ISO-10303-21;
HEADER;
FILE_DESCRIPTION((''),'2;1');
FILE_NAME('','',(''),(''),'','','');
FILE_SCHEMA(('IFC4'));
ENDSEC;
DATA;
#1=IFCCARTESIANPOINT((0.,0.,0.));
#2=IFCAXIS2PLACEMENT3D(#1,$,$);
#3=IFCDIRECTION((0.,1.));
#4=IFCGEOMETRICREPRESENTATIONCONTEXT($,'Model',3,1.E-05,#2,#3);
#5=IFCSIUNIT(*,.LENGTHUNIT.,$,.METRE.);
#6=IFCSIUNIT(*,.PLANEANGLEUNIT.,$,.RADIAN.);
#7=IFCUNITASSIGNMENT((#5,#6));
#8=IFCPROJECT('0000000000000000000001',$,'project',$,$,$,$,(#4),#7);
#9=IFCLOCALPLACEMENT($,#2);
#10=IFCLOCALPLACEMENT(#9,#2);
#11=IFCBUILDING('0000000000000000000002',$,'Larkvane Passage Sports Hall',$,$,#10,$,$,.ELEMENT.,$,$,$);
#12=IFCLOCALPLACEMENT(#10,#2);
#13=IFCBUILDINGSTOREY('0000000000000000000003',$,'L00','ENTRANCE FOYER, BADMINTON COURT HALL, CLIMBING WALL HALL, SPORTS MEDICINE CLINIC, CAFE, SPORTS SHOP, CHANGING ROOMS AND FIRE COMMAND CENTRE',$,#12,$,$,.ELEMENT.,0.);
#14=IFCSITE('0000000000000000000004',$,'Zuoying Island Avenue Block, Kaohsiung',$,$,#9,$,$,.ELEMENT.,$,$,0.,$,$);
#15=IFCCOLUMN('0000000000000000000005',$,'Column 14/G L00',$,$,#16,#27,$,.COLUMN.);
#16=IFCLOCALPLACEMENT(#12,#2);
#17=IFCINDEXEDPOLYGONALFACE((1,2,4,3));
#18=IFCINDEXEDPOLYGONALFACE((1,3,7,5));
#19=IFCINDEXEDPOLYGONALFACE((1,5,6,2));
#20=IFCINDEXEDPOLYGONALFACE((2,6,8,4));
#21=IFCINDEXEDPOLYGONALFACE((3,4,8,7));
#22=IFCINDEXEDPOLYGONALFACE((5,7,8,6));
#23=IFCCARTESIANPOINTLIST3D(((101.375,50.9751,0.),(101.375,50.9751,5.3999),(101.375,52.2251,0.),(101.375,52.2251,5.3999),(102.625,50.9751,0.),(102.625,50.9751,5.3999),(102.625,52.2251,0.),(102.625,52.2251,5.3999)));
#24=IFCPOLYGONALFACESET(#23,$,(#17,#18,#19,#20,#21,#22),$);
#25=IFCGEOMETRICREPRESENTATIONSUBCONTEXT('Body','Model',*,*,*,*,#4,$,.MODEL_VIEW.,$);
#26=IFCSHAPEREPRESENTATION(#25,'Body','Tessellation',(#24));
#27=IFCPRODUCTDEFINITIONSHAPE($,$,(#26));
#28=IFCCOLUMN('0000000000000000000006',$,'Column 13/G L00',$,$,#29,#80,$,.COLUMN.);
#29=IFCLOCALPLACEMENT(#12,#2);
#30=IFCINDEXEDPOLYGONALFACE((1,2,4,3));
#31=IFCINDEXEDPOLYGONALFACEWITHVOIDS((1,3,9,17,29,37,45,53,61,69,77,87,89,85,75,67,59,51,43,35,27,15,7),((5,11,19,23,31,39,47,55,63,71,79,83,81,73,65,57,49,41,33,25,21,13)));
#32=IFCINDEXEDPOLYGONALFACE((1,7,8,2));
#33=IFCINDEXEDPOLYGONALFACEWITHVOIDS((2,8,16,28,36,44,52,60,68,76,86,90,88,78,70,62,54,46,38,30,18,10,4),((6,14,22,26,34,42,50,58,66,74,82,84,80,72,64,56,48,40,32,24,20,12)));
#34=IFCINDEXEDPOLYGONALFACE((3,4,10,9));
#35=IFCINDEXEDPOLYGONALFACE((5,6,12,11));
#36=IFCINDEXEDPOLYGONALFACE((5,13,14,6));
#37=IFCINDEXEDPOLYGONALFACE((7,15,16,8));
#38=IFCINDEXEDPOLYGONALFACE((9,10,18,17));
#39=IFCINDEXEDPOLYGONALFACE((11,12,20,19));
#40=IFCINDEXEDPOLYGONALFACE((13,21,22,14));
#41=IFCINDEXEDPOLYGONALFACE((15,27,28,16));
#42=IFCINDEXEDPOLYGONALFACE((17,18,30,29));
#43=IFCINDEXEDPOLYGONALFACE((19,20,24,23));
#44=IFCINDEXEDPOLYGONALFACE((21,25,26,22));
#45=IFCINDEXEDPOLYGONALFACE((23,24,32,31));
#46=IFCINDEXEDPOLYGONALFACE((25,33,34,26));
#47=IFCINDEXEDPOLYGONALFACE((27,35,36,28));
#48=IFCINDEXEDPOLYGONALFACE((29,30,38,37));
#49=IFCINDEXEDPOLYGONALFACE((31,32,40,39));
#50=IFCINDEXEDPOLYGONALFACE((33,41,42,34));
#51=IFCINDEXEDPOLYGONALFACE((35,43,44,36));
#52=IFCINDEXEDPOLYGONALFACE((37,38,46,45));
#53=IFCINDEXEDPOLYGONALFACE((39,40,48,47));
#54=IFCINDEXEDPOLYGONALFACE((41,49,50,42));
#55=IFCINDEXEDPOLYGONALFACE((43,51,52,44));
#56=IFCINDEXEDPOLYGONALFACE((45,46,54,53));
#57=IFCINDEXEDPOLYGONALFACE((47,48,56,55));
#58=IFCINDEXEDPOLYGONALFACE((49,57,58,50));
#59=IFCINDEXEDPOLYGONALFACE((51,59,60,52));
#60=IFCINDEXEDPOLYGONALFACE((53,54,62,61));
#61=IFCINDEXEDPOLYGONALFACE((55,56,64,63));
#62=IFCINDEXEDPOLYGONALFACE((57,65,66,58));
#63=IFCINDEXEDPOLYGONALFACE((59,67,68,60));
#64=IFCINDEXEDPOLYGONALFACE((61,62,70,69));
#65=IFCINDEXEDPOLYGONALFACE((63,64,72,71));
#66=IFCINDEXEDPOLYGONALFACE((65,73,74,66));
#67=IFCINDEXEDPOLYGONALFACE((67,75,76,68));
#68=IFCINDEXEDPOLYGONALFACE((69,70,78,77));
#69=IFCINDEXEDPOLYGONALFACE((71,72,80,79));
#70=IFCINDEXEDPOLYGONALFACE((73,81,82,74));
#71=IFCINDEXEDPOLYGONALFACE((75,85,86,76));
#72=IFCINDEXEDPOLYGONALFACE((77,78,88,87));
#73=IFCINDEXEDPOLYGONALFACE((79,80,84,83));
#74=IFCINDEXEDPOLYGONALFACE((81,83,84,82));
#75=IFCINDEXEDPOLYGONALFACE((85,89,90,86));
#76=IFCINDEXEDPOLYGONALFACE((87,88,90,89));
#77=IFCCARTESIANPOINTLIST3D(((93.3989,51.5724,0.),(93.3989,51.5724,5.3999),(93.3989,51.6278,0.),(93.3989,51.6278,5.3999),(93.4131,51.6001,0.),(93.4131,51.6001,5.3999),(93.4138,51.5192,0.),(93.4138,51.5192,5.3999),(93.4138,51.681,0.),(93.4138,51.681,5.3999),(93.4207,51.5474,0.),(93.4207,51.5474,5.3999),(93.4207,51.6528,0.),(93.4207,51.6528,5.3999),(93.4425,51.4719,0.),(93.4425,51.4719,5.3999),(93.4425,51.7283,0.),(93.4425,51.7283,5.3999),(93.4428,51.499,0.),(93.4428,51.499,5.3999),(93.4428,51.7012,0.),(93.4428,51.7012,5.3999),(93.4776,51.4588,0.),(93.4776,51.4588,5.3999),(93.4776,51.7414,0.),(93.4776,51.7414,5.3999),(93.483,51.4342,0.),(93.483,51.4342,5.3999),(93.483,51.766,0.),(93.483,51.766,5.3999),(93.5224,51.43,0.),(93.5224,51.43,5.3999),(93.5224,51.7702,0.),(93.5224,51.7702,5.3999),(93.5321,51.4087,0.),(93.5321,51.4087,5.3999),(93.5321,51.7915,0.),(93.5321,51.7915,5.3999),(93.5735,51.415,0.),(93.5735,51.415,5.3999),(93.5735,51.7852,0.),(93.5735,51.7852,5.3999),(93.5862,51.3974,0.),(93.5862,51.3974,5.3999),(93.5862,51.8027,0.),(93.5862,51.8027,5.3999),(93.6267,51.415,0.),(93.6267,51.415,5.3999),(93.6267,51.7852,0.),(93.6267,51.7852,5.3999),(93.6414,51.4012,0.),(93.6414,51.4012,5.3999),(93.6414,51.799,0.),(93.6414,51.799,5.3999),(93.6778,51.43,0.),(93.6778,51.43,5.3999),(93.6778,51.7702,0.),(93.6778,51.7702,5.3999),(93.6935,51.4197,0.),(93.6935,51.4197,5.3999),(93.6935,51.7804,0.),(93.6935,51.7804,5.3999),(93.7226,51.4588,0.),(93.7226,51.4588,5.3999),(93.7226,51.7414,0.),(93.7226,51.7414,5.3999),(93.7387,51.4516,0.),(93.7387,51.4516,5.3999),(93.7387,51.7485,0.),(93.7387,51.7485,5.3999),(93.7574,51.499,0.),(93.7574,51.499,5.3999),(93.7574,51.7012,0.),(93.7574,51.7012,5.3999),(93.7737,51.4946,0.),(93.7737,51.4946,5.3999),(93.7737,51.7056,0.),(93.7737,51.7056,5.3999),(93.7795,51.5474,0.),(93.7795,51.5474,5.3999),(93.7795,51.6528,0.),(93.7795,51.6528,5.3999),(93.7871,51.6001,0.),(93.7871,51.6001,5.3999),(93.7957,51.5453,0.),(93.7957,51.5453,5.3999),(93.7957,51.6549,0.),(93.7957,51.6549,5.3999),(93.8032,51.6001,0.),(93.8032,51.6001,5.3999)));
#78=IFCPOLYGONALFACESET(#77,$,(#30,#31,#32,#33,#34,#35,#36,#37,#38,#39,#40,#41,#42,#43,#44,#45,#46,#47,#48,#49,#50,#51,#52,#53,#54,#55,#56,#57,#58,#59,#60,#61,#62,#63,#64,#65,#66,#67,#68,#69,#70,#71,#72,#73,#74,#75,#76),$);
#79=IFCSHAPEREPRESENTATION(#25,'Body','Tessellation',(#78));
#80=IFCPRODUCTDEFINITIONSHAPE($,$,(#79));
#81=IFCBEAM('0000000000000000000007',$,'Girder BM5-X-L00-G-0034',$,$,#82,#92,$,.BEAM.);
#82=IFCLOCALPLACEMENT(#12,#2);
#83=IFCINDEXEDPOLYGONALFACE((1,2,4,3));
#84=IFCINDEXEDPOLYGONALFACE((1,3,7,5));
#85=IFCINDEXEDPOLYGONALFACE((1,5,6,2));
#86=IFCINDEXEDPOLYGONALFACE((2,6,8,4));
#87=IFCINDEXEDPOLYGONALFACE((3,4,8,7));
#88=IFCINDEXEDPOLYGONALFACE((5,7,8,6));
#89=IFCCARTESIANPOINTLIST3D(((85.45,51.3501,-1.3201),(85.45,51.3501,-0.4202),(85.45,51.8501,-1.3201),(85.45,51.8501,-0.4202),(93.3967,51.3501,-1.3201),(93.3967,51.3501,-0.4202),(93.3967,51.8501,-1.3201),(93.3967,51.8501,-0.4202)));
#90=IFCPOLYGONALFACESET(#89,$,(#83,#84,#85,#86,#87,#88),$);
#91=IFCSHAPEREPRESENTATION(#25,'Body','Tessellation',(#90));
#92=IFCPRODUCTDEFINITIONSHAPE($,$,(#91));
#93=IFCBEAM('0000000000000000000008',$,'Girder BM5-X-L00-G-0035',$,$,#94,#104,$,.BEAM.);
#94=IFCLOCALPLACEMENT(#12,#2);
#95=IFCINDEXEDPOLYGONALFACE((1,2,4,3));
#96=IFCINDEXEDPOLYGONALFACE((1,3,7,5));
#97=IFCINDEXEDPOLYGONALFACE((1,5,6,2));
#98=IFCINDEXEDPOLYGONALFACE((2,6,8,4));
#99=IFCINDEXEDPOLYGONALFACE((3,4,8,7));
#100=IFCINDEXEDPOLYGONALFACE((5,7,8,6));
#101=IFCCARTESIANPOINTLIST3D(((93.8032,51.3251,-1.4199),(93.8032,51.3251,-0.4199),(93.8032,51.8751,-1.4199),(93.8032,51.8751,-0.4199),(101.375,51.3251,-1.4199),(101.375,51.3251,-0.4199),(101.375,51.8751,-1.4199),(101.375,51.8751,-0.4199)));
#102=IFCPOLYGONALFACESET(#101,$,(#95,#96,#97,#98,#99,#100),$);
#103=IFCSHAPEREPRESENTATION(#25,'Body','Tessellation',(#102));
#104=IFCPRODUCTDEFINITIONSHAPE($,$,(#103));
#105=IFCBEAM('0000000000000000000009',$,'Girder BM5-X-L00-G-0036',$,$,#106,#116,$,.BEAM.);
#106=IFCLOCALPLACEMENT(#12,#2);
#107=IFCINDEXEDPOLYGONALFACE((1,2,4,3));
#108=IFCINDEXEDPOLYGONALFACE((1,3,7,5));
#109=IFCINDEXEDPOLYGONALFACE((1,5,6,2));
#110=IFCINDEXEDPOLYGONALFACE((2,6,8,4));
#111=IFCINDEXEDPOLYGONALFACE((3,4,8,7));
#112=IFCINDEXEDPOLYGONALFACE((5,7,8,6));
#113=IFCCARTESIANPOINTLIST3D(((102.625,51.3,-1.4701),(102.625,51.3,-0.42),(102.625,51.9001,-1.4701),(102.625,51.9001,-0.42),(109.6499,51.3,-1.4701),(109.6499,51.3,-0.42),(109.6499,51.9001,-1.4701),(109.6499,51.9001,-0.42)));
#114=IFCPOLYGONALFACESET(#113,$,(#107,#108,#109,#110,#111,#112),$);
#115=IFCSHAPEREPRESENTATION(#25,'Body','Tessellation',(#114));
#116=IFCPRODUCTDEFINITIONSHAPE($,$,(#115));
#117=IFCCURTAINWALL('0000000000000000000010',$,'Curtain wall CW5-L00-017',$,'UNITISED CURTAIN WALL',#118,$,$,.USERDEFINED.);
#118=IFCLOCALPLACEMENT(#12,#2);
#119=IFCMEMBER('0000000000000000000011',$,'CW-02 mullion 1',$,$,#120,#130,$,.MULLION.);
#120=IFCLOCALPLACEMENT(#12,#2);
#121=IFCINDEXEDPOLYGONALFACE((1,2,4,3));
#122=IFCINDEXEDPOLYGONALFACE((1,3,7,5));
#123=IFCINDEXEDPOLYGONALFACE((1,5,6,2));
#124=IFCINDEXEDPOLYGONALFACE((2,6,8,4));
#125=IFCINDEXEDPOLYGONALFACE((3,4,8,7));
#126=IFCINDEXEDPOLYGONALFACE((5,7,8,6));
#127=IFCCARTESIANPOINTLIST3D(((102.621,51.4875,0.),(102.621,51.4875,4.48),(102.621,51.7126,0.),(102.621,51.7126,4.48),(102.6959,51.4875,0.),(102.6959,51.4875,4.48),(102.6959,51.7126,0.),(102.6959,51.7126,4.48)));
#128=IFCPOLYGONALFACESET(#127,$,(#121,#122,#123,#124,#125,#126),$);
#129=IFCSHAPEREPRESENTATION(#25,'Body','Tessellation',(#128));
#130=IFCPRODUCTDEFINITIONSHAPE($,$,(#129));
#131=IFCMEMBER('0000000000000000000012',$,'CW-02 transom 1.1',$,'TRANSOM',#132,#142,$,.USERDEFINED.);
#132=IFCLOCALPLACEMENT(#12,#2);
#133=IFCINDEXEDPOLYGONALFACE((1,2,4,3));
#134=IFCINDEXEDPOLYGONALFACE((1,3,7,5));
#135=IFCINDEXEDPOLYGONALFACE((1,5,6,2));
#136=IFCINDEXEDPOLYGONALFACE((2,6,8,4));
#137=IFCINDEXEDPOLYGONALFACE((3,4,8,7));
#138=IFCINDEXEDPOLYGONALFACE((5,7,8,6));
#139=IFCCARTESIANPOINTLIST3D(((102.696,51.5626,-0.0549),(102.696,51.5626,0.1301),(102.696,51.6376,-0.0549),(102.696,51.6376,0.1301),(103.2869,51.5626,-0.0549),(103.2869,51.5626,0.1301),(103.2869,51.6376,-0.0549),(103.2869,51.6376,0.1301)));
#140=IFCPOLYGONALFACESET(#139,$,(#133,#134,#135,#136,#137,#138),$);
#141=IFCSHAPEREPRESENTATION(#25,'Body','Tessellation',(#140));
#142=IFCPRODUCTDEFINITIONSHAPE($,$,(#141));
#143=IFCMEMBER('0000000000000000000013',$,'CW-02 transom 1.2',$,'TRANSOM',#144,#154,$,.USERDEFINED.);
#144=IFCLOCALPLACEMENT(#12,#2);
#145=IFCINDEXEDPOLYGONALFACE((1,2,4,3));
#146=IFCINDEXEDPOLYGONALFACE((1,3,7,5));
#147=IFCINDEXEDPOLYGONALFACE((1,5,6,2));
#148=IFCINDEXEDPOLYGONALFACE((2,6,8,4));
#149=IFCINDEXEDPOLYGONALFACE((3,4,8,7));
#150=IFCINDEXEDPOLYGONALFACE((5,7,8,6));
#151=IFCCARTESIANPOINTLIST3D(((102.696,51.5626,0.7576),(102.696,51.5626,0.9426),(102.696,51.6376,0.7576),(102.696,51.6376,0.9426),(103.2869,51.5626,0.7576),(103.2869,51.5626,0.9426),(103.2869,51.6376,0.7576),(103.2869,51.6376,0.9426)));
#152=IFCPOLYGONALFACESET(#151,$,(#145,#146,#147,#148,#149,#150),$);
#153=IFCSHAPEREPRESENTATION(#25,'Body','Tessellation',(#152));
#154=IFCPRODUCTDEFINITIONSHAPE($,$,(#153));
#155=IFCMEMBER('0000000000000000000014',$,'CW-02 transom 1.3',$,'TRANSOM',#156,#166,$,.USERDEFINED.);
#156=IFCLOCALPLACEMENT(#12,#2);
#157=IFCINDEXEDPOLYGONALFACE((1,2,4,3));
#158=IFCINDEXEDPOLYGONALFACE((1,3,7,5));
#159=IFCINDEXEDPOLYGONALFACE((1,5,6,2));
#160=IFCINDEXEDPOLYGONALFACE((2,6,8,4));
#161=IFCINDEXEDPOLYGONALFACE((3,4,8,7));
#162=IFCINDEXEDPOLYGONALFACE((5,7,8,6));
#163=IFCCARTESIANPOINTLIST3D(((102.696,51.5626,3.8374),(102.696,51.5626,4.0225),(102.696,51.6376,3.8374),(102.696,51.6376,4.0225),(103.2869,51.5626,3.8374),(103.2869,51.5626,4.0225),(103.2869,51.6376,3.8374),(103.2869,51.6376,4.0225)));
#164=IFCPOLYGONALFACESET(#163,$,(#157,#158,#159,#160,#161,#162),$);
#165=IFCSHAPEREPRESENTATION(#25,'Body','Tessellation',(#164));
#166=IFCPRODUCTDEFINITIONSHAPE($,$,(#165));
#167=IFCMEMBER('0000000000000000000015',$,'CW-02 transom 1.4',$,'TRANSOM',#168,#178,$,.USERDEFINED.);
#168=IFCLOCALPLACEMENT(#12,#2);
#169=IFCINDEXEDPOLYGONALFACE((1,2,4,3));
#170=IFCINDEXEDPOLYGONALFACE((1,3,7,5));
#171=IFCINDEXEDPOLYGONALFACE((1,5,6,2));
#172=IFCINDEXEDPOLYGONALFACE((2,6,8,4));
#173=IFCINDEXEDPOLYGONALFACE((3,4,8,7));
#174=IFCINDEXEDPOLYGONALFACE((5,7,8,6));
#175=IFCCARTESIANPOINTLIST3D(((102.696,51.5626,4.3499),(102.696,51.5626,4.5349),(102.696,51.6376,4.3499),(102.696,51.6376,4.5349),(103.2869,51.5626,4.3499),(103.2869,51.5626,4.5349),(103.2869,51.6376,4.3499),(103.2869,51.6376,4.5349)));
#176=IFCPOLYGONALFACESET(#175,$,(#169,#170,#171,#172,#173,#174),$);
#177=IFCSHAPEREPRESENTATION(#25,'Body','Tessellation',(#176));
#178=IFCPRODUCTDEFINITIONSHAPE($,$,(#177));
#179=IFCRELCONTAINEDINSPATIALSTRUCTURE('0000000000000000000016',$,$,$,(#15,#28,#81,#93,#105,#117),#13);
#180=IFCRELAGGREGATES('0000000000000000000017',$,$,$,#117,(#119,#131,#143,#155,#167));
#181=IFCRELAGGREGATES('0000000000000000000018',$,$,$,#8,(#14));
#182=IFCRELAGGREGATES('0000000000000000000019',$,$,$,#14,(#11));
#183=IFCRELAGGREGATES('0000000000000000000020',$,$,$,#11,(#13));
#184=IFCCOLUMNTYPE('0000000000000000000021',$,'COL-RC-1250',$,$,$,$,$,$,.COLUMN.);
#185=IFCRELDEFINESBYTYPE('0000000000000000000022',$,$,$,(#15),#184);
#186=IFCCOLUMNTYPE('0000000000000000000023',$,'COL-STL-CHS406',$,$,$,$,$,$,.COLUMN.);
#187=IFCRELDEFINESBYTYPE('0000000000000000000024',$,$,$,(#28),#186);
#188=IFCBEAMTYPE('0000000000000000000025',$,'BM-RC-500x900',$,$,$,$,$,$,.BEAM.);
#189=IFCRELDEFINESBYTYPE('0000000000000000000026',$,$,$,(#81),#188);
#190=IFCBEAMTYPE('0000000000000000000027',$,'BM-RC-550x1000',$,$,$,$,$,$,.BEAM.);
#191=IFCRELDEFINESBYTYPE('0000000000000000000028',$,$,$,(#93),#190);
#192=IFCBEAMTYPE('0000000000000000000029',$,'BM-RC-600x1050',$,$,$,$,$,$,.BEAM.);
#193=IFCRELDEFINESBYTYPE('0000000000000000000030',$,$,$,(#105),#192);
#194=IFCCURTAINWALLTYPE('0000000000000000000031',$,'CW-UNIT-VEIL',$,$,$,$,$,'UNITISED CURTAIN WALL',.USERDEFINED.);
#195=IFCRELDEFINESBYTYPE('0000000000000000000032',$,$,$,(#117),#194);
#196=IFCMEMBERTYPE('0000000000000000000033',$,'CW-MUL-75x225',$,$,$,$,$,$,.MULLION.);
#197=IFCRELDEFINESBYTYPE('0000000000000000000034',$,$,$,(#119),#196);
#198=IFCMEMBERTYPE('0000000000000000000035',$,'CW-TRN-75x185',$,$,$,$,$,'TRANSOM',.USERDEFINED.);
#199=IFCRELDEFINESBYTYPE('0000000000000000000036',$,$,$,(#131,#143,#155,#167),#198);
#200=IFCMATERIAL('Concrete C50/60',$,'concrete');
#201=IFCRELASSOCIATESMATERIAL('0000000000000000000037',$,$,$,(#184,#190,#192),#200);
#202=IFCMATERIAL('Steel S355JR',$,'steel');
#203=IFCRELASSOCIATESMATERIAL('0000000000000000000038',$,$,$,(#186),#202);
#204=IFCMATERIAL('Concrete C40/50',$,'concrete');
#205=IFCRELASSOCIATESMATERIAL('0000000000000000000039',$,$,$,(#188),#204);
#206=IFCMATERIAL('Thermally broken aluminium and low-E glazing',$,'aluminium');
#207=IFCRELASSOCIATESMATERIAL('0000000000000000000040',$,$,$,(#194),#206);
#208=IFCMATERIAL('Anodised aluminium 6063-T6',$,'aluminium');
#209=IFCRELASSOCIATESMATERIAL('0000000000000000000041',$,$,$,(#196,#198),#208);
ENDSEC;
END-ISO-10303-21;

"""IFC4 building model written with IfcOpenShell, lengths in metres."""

from ifc_helpers import new_model, si_unit, direction, frame, origin, origin_2d, place, context, subcontext, project, spatial, rectangle, hollow_circle, extrude, material, material_profile, profile_set, type_object, element, aggregate, save


model = new_model("IFC4")

# Units and contexts
model_context = context("Model", 3, precision=1e-05, world=origin(), true_north=direction((0.0, 1.0)))
body_context = subcontext(model_context, "Body", "Model", "MODEL_VIEW")
ifc_project = project(units=[si_unit("LENGTHUNIT", "METRE"), si_unit("PLANEANGLEUNIT", "RADIAN")], contexts=[model_context])

# Site, building, storey
site_placement = place(None, origin())
site = spatial("IfcSite", under=ifc_project, at=site_placement, Name="Zuoying Island Avenue Block, Kaohsiung", CompositionType="ELEMENT", RefElevation=0.0)
building_placement = place(site_placement, origin())
building = spatial("IfcBuilding", under=site, at=building_placement, Name="Larkvane Passage Sports Hall", CompositionType="ELEMENT")
storey_placement = place(building_placement, origin())
storey = spatial("IfcBuildingStorey", under=building, at=storey_placement, Name="L00", Description="ENTRANCE FOYER, BADMINTON COURT HALL, CLIMBING WALL HALL, SPORTS MEDICINE CLINIC, CAFE, SPORTS SHOP, CHANGING ROOMS AND FIRE COMMAND CENTRE", CompositionType="ELEMENT", Elevation=0.0)

# Columns
ifc_material_1 = material(Name="Concrete C50/60", Category="concrete")
ifc_material_profile_1 = material_profile(ifc_material_1, rectangle(XDim=1.25, YDim=1.25, at=origin_2d()), Name="RC-COL-1250x1250")
ifc_profile_set_1 = profile_set([ifc_material_profile_1], Name="Concrete C50/60")
column_type_1 = type_object("IfcColumnType", Name="COL-RC-1250", PredefinedType="COLUMN", material=ifc_profile_set_1)
column_1_placement = place(storey_placement, frame((102.0, 51.6001, 0.0), z_axis=(0.0, 0.0, 1.0), x_axis=(1.0, 0.0, 0.0)))
element("IfcColumn", 1, at=column_1_placement, inside=storey, type_object=column_type_1, Name="Column 14/G L00", PredefinedType="COLUMN", context=body_context, shape_type="SweptSolid", body=[
    extrude(rectangle(XDim=1.25, YDim=1.25, at=origin_2d()), origin(), (0.0, 0.0, 1.0), 5.3999),
])
ifc_material_2 = material(Name="Steel S355JR", Category="steel")
ifc_material_profile_2 = material_profile(ifc_material_2, hollow_circle(Radius=0.2031, WallThickness=0.0161, at=origin_2d()), Name="CHS-406.4x16.0")
ifc_profile_set_2 = profile_set([ifc_material_profile_2], Name="Steel S355JR")
column_type_2 = type_object("IfcColumnType", Name="COL-STL-CHS406", PredefinedType="COLUMN", material=ifc_profile_set_2)
column_2_placement = place(storey_placement, frame((93.6001, 51.6001, 0.0), z_axis=(0.0, 0.0, 1.0), x_axis=(1.0, 0.0, 0.0)))
element("IfcColumn", 2, at=column_2_placement, inside=storey, type_object=column_type_2, Name="Column 13/G L00", PredefinedType="COLUMN", context=body_context, shape_type="SweptSolid", body=[
    extrude(hollow_circle(Radius=0.2031, WallThickness=0.0161, at=origin_2d()), origin(), (0.0, 0.0, 1.0), 5.3999),
])

# Beams
ifc_material_3 = material(Name="Concrete C40/50", Category="concrete")
ifc_material_profile_3 = material_profile(ifc_material_3, rectangle(XDim=0.5, YDim=0.8999, at=origin_2d()), Name="RC-BM-500x900")
ifc_profile_set_3 = profile_set([ifc_material_profile_3], Name="Concrete C40/50")
beam_type_1 = type_object("IfcBeamType", Name="BM-RC-500x900", PredefinedType="BEAM", material=ifc_profile_set_3)
beam_1_placement = place(storey_placement, frame((85.45, 51.6001, -0.8701), z_axis=(1.0, 0.0, 0.0), x_axis=(0.0, 1.0, 0.0)))
element("IfcBeam", 3, at=beam_1_placement, inside=storey, type_object=beam_type_1, Name="Girder BM5-X-L00-G-0034", PredefinedType="BEAM", context=body_context, shape_type="SweptSolid", body=[
    extrude(rectangle(XDim=0.5, YDim=0.8999, at=origin_2d()), origin(), (0.0, 0.0, 1.0), 7.9468),
])
ifc_material_profile_4 = material_profile(ifc_material_1, rectangle(XDim=0.55, YDim=1.0, at=origin_2d()), Name="RC-BM-550x1000")
ifc_profile_set_4 = profile_set([ifc_material_profile_4], Name="Concrete C50/60")
beam_type_2 = type_object("IfcBeamType", Name="BM-RC-550x1000", PredefinedType="BEAM", material=ifc_profile_set_4)
beam_2_placement = place(storey_placement, frame((93.8032, 51.6001, -0.9199), z_axis=(1.0, 0.0, 0.0), x_axis=(0.0, 1.0, 0.0)))
element("IfcBeam", 4, at=beam_2_placement, inside=storey, type_object=beam_type_2, Name="Girder BM5-X-L00-G-0035", PredefinedType="BEAM", context=body_context, shape_type="SweptSolid", body=[
    extrude(rectangle(XDim=0.55, YDim=1.0, at=origin_2d()), origin(), (0.0, 0.0, 1.0), 7.5718),
])
ifc_material_profile_5 = material_profile(ifc_material_1, rectangle(XDim=0.6001, YDim=1.05, at=origin_2d()), Name="RC-BM-600x1050")
ifc_profile_set_5 = profile_set([ifc_material_profile_5], Name="Concrete C50/60")
beam_type_3 = type_object("IfcBeamType", Name="BM-RC-600x1050", PredefinedType="BEAM", material=ifc_profile_set_5)
beam_3_placement = place(storey_placement, frame((102.625, 51.6001, -0.9451), z_axis=(1.0, 0.0, 0.0), x_axis=(0.0, 1.0, 0.0)))
element("IfcBeam", 5, at=beam_3_placement, inside=storey, type_object=beam_type_3, Name="Girder BM5-X-L00-G-0036", PredefinedType="BEAM", context=body_context, shape_type="SweptSolid", body=[
    extrude(rectangle(XDim=0.6001, YDim=1.05, at=origin_2d()), origin(), (0.0, 0.0, 1.0), 7.0249),
])

# Curtain wall, members
ifc_material_4 = material(Name="Thermally broken aluminium and low-E glazing", Category="aluminium")
curtain_wall_type = type_object("IfcCurtainWallType", Name="CW-UNIT-VEIL", ElementType="UNITISED CURTAIN WALL", PredefinedType="USERDEFINED", material=ifc_material_4)
curtain_wall_placement = place(storey_placement, origin())
curtain_wall = element("IfcCurtainWall", 6, at=curtain_wall_placement, inside=storey, type_object=curtain_wall_type, Name="Curtain wall CW5-L00-017", ObjectType="UNITISED CURTAIN WALL", PredefinedType="USERDEFINED")
ifc_material_5 = material(Name="Anodised aluminium 6063-T6", Category="aluminium")
ifc_material_profile_6 = material_profile(ifc_material_5, rectangle(XDim=0.075, YDim=0.2251, at=origin_2d()), Name="ALU-MUL-75x225")
ifc_profile_set_6 = profile_set([ifc_material_profile_6], Name="Anodised aluminium 6063-T6")
member_type_1 = type_object("IfcMemberType", Name="CW-MUL-75x225", PredefinedType="MULLION", material=ifc_profile_set_6)
member_1_placement = place(storey_placement, frame((102.6584, 51.6001, 0.0), z_axis=(0.0, 0.0, 1.0), x_axis=(1.0, 0.0, 0.0)))
member_1 = element("IfcMember", 7, at=member_1_placement, type_object=member_type_1, Name="CW-02 mullion 1", PredefinedType="MULLION", context=body_context, shape_type="SweptSolid", body=[
    extrude(rectangle(XDim=0.075, YDim=0.2251, at=origin_2d()), origin(), (0.0, 0.0, 1.0), 4.48),
])
ifc_material_profile_7 = material_profile(ifc_material_5, rectangle(XDim=0.075, YDim=0.1851, at=origin_2d()), Name="ALU-TRN-75x185")
ifc_profile_set_7 = profile_set([ifc_material_profile_7], Name="Anodised aluminium 6063-T6")
member_type_2 = type_object("IfcMemberType", Name="CW-TRN-75x185", ElementType="TRANSOM", PredefinedType="USERDEFINED", material=ifc_profile_set_7)
member_2_placement = place(storey_placement, frame((102.696, 51.6001, 0.0376), z_axis=(1.0, 0.0, 0.0), x_axis=(0.0, 1.0, 0.0)))
member_2 = element("IfcMember", 8, at=member_2_placement, type_object=member_type_2, Name="CW-02 transom 1.1", ObjectType="TRANSOM", PredefinedType="USERDEFINED", context=body_context, shape_type="SweptSolid", body=[
    extrude(rectangle(XDim=0.075, YDim=0.1851, at=origin_2d()), origin(), (0.0, 0.0, 1.0), 0.5908),
])
member_3_placement = place(storey_placement, frame((102.696, 51.6001, 0.8501), z_axis=(1.0, 0.0, 0.0), x_axis=(0.0, 1.0, 0.0)))
member_3 = element("IfcMember", 9, at=member_3_placement, type_object=member_type_2, Name="CW-02 transom 1.2", ObjectType="TRANSOM", PredefinedType="USERDEFINED", context=body_context, shape_type="SweptSolid", body=[
    extrude(rectangle(XDim=0.075, YDim=0.1851, at=origin_2d()), origin(), (0.0, 0.0, 1.0), 0.5908),
])
member_4_placement = place(storey_placement, frame((102.696, 51.6001, 3.9299), z_axis=(1.0, 0.0, 0.0), x_axis=(0.0, 1.0, 0.0)))
member_4 = element("IfcMember", 10, at=member_4_placement, type_object=member_type_2, Name="CW-02 transom 1.3", ObjectType="TRANSOM", PredefinedType="USERDEFINED", context=body_context, shape_type="SweptSolid", body=[
    extrude(rectangle(XDim=0.075, YDim=0.1851, at=origin_2d()), origin(), (0.0, 0.0, 1.0), 0.5908),
])
member_5_placement = place(storey_placement, frame((102.696, 51.6001, 4.4424), z_axis=(1.0, 0.0, 0.0), x_axis=(0.0, 1.0, 0.0)))
member_5 = element("IfcMember", 11, at=member_5_placement, type_object=member_type_2, Name="CW-02 transom 1.4", ObjectType="TRANSOM", PredefinedType="USERDEFINED", context=body_context, shape_type="SweptSolid", body=[
    extrude(rectangle(XDim=0.075, YDim=0.1851, at=origin_2d()), origin(), (0.0, 0.0, 1.0), 0.5908),
])

aggregate(curtain_wall, [member_1, member_2, member_3, member_4, member_5])

save(model, "model.ifc")
